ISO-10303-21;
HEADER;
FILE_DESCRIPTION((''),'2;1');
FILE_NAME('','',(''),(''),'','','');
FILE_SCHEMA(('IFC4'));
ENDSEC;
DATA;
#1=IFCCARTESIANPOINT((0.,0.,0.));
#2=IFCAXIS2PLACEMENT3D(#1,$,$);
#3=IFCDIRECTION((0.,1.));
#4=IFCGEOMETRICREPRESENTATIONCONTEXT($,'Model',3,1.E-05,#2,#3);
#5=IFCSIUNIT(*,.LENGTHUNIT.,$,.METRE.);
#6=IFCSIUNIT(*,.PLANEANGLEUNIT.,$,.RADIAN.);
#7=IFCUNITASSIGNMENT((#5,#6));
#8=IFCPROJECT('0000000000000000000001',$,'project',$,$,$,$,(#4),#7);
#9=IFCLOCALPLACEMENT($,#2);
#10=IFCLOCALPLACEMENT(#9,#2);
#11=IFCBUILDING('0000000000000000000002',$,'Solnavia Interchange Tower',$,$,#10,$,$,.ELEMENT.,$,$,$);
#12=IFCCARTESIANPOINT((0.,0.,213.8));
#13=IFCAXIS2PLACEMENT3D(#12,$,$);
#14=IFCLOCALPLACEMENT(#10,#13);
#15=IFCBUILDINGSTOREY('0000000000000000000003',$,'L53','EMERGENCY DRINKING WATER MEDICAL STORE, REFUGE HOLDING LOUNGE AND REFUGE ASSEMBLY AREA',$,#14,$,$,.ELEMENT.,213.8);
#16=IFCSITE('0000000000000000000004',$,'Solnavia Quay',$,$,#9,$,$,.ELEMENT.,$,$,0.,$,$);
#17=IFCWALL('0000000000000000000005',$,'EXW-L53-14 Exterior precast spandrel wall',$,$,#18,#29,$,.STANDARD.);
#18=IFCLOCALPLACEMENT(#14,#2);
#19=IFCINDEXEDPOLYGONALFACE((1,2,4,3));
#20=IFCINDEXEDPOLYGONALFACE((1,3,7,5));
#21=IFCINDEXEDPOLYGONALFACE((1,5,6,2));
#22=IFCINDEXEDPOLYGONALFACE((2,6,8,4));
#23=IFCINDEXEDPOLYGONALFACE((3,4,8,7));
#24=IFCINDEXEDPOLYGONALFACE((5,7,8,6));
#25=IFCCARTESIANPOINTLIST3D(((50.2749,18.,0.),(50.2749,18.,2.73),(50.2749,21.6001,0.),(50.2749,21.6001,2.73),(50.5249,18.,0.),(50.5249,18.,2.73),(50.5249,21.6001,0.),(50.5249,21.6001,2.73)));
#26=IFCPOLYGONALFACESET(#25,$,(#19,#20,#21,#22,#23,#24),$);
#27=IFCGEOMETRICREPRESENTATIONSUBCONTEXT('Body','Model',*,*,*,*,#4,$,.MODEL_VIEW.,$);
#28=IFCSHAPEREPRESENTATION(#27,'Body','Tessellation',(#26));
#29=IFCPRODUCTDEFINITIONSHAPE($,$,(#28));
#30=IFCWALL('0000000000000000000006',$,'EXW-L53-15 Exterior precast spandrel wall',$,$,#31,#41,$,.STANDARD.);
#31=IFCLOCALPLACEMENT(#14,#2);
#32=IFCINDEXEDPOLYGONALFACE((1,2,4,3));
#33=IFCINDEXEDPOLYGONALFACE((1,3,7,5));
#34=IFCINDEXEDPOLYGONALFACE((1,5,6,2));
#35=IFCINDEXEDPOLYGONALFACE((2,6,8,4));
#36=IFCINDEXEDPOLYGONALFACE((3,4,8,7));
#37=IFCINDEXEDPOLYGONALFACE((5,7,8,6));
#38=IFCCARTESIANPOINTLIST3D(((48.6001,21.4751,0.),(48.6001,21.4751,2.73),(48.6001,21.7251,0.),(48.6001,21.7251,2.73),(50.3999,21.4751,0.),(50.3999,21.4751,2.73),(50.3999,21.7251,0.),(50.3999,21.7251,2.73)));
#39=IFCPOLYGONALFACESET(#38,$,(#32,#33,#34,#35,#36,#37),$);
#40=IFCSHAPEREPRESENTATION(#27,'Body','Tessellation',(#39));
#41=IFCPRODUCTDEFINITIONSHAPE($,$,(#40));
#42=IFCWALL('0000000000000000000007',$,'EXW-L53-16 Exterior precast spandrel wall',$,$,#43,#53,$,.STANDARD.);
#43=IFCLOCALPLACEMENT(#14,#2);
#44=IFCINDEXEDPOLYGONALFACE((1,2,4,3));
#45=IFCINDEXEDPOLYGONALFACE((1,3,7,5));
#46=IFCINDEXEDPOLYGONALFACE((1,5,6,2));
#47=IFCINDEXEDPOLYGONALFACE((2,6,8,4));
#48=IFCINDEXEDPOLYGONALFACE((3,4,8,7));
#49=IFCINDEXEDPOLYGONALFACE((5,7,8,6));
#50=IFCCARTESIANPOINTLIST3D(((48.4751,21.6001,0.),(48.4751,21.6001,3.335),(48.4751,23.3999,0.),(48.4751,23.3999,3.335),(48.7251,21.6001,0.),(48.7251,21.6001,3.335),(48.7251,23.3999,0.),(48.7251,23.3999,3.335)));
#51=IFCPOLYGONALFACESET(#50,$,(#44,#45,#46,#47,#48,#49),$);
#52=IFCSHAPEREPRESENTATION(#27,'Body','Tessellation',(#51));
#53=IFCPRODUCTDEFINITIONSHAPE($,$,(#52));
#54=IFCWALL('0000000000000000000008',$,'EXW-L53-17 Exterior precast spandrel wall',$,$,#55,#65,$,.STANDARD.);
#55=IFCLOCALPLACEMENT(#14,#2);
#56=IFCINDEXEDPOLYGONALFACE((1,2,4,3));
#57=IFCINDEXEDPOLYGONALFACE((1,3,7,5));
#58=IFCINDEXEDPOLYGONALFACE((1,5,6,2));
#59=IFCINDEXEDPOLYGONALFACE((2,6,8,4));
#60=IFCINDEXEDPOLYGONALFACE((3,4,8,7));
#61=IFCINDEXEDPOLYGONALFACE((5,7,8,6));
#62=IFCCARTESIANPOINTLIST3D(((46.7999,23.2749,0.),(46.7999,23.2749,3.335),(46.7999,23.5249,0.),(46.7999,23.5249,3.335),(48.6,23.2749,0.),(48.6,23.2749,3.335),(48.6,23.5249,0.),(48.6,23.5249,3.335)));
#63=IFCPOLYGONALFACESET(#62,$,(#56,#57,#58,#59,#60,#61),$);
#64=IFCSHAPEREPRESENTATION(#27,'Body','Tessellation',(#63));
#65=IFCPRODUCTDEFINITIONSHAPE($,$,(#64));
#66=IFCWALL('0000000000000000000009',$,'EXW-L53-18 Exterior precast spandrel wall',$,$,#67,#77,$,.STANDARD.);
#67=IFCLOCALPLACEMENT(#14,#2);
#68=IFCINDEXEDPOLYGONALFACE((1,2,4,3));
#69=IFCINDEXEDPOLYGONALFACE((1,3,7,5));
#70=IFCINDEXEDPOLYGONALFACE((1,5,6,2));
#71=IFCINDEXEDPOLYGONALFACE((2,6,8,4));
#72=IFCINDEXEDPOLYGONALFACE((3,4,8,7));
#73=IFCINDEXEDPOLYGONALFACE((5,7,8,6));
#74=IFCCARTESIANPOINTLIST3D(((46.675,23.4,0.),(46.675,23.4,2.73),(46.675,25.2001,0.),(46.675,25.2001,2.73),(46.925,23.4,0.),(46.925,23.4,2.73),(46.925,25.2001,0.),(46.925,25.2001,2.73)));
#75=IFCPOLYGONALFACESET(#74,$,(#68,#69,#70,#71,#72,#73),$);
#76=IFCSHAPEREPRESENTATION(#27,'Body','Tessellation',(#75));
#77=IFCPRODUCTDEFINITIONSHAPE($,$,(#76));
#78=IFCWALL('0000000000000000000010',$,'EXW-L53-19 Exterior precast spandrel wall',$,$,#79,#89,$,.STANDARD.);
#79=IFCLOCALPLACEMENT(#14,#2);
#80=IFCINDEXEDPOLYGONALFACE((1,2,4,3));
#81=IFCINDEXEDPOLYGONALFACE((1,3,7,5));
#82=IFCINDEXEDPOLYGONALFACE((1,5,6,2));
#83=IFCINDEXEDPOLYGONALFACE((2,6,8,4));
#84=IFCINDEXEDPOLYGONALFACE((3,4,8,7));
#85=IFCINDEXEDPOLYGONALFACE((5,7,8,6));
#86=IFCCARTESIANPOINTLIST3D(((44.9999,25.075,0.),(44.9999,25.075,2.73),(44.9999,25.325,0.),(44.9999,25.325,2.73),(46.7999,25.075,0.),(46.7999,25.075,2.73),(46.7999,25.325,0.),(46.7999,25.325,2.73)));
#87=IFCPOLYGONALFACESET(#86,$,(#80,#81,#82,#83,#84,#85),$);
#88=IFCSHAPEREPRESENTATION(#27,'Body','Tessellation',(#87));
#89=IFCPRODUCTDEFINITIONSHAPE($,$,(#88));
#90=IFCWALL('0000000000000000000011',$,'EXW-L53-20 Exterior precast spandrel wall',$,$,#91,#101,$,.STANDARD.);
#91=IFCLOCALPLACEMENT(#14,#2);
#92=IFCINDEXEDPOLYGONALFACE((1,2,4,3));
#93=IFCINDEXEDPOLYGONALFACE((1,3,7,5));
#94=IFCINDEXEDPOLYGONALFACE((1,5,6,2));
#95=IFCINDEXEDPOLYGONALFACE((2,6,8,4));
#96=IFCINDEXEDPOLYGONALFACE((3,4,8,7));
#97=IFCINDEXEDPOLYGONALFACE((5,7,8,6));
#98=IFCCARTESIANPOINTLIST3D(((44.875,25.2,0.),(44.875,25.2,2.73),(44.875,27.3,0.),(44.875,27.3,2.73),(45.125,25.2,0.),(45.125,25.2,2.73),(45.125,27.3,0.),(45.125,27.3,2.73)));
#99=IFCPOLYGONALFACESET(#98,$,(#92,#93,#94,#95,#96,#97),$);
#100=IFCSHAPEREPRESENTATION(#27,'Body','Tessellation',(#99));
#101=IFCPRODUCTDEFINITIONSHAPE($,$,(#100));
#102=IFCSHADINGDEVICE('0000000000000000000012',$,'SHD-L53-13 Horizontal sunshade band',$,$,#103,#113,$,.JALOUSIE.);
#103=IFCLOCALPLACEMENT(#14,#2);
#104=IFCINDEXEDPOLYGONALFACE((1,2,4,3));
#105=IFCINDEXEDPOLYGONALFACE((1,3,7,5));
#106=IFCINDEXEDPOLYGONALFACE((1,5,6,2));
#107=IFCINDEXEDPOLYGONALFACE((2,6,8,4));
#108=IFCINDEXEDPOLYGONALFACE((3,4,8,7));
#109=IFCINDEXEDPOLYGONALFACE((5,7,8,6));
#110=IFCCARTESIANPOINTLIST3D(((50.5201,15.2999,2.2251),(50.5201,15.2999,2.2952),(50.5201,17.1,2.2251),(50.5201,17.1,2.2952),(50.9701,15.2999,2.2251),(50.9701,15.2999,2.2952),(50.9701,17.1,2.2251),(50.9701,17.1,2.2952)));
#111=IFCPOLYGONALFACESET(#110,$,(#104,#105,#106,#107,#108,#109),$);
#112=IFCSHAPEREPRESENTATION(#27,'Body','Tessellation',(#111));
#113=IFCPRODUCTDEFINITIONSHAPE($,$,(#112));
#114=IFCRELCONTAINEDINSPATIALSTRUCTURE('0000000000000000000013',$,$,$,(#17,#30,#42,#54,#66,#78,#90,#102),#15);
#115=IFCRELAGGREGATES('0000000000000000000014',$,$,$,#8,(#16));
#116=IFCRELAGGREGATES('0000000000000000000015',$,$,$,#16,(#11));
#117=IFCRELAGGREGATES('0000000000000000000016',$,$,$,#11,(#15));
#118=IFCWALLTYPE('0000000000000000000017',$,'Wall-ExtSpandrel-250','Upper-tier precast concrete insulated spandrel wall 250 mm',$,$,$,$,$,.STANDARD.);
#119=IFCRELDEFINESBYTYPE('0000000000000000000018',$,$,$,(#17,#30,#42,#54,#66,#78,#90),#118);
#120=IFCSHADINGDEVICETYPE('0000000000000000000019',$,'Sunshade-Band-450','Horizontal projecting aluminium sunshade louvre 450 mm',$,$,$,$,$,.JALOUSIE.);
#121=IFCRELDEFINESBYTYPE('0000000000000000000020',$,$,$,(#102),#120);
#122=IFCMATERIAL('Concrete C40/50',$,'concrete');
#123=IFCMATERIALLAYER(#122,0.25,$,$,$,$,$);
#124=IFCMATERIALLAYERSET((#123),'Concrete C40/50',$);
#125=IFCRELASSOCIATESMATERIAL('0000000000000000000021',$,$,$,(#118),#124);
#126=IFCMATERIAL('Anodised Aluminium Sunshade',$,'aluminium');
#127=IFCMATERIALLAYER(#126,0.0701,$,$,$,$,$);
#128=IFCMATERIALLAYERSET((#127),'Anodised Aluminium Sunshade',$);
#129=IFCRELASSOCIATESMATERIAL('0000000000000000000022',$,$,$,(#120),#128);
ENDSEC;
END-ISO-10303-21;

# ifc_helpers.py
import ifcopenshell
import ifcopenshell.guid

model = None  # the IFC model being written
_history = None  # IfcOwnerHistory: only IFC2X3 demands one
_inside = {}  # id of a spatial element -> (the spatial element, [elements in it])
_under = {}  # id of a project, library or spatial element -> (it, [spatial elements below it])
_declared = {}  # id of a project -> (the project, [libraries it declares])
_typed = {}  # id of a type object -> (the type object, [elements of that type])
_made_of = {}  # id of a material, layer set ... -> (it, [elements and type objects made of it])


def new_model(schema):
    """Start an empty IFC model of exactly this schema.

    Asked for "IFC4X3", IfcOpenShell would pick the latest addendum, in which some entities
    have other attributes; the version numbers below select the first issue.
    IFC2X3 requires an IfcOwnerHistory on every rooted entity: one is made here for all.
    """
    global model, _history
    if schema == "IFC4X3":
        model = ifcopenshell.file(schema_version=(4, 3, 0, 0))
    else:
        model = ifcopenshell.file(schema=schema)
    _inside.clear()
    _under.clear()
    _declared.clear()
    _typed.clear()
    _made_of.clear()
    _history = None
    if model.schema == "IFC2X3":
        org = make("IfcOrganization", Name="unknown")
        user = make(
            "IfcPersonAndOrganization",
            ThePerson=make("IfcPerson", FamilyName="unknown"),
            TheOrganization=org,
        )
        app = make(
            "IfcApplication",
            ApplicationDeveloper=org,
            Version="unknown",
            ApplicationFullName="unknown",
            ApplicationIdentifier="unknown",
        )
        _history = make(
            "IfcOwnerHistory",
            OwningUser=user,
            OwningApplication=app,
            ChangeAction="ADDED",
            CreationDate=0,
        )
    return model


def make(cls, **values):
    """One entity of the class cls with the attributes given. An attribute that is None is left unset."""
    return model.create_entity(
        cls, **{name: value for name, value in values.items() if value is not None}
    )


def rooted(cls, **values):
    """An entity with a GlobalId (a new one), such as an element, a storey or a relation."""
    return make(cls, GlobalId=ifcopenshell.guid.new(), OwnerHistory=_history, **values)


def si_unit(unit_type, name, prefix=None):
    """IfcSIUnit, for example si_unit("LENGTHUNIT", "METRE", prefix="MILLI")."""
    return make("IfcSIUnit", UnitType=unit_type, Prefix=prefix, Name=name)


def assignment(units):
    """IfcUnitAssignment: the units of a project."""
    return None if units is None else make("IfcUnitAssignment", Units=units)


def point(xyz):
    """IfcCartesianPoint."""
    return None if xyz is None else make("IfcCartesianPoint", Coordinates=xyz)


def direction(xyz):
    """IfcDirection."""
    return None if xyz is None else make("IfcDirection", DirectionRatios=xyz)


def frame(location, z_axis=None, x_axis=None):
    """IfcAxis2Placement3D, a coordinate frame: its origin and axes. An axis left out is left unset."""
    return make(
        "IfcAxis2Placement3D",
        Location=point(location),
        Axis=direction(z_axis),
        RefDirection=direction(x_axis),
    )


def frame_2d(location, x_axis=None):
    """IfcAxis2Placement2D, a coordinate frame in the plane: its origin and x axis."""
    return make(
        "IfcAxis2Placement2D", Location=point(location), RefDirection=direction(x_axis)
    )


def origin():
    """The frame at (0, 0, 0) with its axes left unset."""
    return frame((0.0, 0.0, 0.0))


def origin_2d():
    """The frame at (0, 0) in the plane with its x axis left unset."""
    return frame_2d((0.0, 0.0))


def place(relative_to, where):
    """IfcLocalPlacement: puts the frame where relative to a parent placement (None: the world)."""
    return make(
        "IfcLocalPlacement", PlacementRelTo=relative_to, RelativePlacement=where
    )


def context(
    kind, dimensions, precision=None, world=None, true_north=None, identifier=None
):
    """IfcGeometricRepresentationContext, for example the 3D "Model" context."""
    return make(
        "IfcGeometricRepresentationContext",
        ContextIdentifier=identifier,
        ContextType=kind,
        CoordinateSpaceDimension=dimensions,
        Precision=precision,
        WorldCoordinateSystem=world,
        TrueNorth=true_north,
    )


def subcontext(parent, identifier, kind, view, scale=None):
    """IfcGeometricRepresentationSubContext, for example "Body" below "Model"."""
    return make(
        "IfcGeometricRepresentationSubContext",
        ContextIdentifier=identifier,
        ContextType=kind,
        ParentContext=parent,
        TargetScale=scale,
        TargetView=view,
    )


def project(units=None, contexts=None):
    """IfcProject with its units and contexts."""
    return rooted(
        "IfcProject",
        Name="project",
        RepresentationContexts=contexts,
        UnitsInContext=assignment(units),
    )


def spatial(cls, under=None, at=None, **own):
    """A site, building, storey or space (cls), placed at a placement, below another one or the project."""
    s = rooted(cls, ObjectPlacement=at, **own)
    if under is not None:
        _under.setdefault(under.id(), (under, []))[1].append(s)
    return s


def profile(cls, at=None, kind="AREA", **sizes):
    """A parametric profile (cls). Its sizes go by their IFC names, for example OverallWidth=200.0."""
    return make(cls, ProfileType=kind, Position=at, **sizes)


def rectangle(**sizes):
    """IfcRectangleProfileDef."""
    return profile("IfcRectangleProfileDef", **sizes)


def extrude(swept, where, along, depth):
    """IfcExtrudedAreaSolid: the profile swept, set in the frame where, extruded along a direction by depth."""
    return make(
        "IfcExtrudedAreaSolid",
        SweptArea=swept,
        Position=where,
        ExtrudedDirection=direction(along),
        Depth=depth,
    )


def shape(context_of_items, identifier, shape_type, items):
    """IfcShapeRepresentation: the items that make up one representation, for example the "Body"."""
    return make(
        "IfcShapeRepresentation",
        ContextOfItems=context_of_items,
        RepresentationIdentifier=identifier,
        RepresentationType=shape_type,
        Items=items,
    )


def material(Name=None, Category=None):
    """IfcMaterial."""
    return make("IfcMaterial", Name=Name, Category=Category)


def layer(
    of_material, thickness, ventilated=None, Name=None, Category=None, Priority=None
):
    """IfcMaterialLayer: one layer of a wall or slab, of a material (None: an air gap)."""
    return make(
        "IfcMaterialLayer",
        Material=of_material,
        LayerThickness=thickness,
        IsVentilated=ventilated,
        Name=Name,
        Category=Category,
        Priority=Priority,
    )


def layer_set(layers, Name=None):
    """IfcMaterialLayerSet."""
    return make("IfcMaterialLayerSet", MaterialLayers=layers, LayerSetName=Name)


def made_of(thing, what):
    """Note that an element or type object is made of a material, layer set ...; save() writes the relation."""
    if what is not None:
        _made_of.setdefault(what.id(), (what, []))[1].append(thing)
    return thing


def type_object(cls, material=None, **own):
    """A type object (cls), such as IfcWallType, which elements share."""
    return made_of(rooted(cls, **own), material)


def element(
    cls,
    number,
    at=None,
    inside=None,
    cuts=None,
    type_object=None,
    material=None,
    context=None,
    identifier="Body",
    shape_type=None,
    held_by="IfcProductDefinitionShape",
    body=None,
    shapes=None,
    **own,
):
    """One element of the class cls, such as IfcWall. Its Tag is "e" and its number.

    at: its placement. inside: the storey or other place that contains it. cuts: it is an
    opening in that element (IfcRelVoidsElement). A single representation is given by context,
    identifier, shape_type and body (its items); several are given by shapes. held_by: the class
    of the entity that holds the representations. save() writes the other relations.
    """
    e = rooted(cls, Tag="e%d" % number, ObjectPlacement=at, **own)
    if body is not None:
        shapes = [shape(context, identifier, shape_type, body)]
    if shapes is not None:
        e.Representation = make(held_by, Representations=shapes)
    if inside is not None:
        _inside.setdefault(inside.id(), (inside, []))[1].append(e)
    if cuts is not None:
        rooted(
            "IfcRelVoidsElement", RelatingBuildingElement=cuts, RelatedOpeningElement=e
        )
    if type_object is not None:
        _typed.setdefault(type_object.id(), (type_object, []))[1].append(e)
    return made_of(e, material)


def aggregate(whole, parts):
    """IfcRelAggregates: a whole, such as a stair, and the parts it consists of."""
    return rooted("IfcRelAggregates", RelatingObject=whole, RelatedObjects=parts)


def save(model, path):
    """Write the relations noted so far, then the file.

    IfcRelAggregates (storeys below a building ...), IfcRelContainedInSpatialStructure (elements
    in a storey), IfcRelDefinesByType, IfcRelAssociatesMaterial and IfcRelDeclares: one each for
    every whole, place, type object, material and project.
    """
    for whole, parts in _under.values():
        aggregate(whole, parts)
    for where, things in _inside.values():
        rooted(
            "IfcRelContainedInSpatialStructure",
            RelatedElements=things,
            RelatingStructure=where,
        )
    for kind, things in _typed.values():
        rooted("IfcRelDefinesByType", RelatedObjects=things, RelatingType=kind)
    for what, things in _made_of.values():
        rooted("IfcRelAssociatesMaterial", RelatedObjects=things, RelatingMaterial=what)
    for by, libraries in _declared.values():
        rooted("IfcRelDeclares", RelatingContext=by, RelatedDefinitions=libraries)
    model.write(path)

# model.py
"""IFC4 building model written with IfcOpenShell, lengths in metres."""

from ifc_helpers import new_model, si_unit, direction, frame, frame_2d, origin, origin_2d, place, context, subcontext, project, spatial, rectangle, extrude, material, layer, layer_set, type_object, element, save


model = new_model("IFC4")

# Units and contexts
model_context = context("Model", 3, precision=1e-05, world=origin(), true_north=direction((0.0, 1.0)))
body_context = subcontext(model_context, "Body", "Model", "MODEL_VIEW")
ifc_project = project(units=[si_unit("LENGTHUNIT", "METRE"), si_unit("PLANEANGLEUNIT", "RADIAN")], contexts=[model_context])

# Site, building, storey
site_placement = place(None, origin())
site = spatial("IfcSite", under=ifc_project, at=site_placement, Name="Solnavia Quay", CompositionType="ELEMENT", RefElevation=0.0)
building_placement = place(site_placement, origin())
building = spatial("IfcBuilding", under=site, at=building_placement, Name="Solnavia Interchange Tower", CompositionType="ELEMENT")
storey_placement = place(building_placement, frame((0.0, 0.0, 213.8)))
storey = spatial("IfcBuildingStorey", under=building, at=storey_placement, Name="L53", Description="EMERGENCY DRINKING WATER MEDICAL STORE, REFUGE HOLDING LOUNGE AND REFUGE ASSEMBLY AREA", CompositionType="ELEMENT", Elevation=213.8)

# Shared definitions
ifc_material_1 = material(Name="Concrete C40/50", Category="concrete")
ifc_layer_1 = layer(ifc_material_1, 0.25)
ifc_layer_set_1 = layer_set([ifc_layer_1], Name="Concrete C40/50")
wall_type = type_object("IfcWallType", Name="Wall-ExtSpandrel-250", Description="Upper-tier precast concrete insulated spandrel wall 250 mm", PredefinedType="STANDARD", material=ifc_layer_set_1)

# Walls
wall_1_placement = place(storey_placement, frame((50.3999, 21.6001, 0.0), z_axis=(0.0, 0.0, 1.0), x_axis=(0.0, -1.0, 0.0)))
element("IfcWall", 1, at=wall_1_placement, inside=storey, type_object=wall_type, Name="EXW-L53-14 Exterior precast spandrel wall", PredefinedType="STANDARD", context=body_context, shape_type="SweptSolid", body=[
    extrude(rectangle(XDim=3.6001, YDim=0.25, at=frame_2d((1.8, 0.0))), origin(), (0.0, 0.0, 1.0), 2.73),
])
wall_2_placement = place(storey_placement, frame((48.6001, 21.6001, 0.0), z_axis=(0.0, 0.0, 1.0), x_axis=(1.0, 0.0, 0.0)))
element("IfcWall", 2, at=wall_2_placement, inside=storey, type_object=wall_type, Name="EXW-L53-15 Exterior precast spandrel wall", PredefinedType="STANDARD", context=body_context, shape_type="SweptSolid", body=[
    extrude(rectangle(XDim=1.7998, YDim=0.25, at=frame_2d((0.8999, 0.0))), origin(), (0.0, 0.0, 1.0), 2.73),
])
wall_3_placement = place(storey_placement, frame((48.6001, 23.3999, 0.0), z_axis=(0.0, 0.0, 1.0), x_axis=(0.0, -1.0, 0.0)))
element("IfcWall", 3, at=wall_3_placement, inside=storey, type_object=wall_type, Name="EXW-L53-16 Exterior precast spandrel wall", PredefinedType="STANDARD", context=body_context, shape_type="SweptSolid", body=[
    extrude(rectangle(XDim=1.7998, YDim=0.25, at=frame_2d((0.8999, 0.0))), origin(), (0.0, 0.0, 1.0), 3.335),
])
wall_4_placement = place(storey_placement, frame((46.8, 23.3999, 0.0), z_axis=(0.0, 0.0, 1.0), x_axis=(1.0, 0.0, 0.0)))
element("IfcWall", 4, at=wall_4_placement, inside=storey, type_object=wall_type, Name="EXW-L53-17 Exterior precast spandrel wall", PredefinedType="STANDARD", context=body_context, shape_type="SweptSolid", body=[
    extrude(rectangle(XDim=1.8, YDim=0.25, at=frame_2d((0.8999, 0.0))), origin(), (0.0, 0.0, 1.0), 3.335),
])
for number, where, z_axis, x_axis, name in (
    (5, (46.8, 25.2, 0.0), (0.0, 0.0, 1.0), (0.0, -1.0, 0.0), "EXW-L53-18 Exterior precast spandrel wall"),
    (6, (45.0, 25.2, 0.0), (0.0, 0.0, 1.0), (1.0, 0.0, 0.0), "EXW-L53-19 Exterior precast spandrel wall"),
):
    element("IfcWall", number, at=place(storey_placement, frame(where, z_axis=z_axis, x_axis=x_axis)), inside=storey, type_object=wall_type, Name=name, PredefinedType="STANDARD", context=body_context, shape_type="SweptSolid", body=[
        extrude(rectangle(XDim=1.8, YDim=0.25, at=frame_2d((0.8999, 0.0))), origin(), (0.0, 0.0, 1.0), 2.73),
    ])
wall_5_placement = place(storey_placement, frame((45.0, 27.3, 0.0), z_axis=(0.0, 0.0, 1.0), x_axis=(0.0, -1.0, 0.0)))
element("IfcWall", 7, at=wall_5_placement, inside=storey, type_object=wall_type, Name="EXW-L53-20 Exterior precast spandrel wall", PredefinedType="STANDARD", context=body_context, shape_type="SweptSolid", body=[
    extrude(rectangle(XDim=2.1001, YDim=0.25, at=frame_2d((1.05, 0.0))), origin(), (0.0, 0.0, 1.0), 2.73),
])

# Shading device
ifc_material_2 = material(Name="Anodised Aluminium Sunshade", Category="aluminium")
ifc_layer_2 = layer(ifc_material_2, 0.0701)
ifc_layer_set_2 = layer_set([ifc_layer_2], Name="Anodised Aluminium Sunshade")
shading_device_type = type_object("IfcShadingDeviceType", Name="Sunshade-Band-450", Description="Horizontal projecting aluminium sunshade louvre 450 mm", PredefinedType="JALOUSIE", material=ifc_layer_set_2)
shading_device_placement = place(storey_placement, frame((50.7451, 16.2, 2.2251), z_axis=(0.0, 0.0, 1.0), x_axis=(0.0, -1.0, 0.0)))
element("IfcShadingDevice", 8, at=shading_device_placement, inside=storey, type_object=shading_device_type, Name="SHD-L53-13 Horizontal sunshade band", PredefinedType="JALOUSIE", context=body_context, shape_type="SweptSolid", body=[
    extrude(rectangle(XDim=1.8, YDim=0.45, at=origin_2d()), origin(), (0.0, 0.0, 1.0), 0.0701),
])

save(model, "model.ifc")
